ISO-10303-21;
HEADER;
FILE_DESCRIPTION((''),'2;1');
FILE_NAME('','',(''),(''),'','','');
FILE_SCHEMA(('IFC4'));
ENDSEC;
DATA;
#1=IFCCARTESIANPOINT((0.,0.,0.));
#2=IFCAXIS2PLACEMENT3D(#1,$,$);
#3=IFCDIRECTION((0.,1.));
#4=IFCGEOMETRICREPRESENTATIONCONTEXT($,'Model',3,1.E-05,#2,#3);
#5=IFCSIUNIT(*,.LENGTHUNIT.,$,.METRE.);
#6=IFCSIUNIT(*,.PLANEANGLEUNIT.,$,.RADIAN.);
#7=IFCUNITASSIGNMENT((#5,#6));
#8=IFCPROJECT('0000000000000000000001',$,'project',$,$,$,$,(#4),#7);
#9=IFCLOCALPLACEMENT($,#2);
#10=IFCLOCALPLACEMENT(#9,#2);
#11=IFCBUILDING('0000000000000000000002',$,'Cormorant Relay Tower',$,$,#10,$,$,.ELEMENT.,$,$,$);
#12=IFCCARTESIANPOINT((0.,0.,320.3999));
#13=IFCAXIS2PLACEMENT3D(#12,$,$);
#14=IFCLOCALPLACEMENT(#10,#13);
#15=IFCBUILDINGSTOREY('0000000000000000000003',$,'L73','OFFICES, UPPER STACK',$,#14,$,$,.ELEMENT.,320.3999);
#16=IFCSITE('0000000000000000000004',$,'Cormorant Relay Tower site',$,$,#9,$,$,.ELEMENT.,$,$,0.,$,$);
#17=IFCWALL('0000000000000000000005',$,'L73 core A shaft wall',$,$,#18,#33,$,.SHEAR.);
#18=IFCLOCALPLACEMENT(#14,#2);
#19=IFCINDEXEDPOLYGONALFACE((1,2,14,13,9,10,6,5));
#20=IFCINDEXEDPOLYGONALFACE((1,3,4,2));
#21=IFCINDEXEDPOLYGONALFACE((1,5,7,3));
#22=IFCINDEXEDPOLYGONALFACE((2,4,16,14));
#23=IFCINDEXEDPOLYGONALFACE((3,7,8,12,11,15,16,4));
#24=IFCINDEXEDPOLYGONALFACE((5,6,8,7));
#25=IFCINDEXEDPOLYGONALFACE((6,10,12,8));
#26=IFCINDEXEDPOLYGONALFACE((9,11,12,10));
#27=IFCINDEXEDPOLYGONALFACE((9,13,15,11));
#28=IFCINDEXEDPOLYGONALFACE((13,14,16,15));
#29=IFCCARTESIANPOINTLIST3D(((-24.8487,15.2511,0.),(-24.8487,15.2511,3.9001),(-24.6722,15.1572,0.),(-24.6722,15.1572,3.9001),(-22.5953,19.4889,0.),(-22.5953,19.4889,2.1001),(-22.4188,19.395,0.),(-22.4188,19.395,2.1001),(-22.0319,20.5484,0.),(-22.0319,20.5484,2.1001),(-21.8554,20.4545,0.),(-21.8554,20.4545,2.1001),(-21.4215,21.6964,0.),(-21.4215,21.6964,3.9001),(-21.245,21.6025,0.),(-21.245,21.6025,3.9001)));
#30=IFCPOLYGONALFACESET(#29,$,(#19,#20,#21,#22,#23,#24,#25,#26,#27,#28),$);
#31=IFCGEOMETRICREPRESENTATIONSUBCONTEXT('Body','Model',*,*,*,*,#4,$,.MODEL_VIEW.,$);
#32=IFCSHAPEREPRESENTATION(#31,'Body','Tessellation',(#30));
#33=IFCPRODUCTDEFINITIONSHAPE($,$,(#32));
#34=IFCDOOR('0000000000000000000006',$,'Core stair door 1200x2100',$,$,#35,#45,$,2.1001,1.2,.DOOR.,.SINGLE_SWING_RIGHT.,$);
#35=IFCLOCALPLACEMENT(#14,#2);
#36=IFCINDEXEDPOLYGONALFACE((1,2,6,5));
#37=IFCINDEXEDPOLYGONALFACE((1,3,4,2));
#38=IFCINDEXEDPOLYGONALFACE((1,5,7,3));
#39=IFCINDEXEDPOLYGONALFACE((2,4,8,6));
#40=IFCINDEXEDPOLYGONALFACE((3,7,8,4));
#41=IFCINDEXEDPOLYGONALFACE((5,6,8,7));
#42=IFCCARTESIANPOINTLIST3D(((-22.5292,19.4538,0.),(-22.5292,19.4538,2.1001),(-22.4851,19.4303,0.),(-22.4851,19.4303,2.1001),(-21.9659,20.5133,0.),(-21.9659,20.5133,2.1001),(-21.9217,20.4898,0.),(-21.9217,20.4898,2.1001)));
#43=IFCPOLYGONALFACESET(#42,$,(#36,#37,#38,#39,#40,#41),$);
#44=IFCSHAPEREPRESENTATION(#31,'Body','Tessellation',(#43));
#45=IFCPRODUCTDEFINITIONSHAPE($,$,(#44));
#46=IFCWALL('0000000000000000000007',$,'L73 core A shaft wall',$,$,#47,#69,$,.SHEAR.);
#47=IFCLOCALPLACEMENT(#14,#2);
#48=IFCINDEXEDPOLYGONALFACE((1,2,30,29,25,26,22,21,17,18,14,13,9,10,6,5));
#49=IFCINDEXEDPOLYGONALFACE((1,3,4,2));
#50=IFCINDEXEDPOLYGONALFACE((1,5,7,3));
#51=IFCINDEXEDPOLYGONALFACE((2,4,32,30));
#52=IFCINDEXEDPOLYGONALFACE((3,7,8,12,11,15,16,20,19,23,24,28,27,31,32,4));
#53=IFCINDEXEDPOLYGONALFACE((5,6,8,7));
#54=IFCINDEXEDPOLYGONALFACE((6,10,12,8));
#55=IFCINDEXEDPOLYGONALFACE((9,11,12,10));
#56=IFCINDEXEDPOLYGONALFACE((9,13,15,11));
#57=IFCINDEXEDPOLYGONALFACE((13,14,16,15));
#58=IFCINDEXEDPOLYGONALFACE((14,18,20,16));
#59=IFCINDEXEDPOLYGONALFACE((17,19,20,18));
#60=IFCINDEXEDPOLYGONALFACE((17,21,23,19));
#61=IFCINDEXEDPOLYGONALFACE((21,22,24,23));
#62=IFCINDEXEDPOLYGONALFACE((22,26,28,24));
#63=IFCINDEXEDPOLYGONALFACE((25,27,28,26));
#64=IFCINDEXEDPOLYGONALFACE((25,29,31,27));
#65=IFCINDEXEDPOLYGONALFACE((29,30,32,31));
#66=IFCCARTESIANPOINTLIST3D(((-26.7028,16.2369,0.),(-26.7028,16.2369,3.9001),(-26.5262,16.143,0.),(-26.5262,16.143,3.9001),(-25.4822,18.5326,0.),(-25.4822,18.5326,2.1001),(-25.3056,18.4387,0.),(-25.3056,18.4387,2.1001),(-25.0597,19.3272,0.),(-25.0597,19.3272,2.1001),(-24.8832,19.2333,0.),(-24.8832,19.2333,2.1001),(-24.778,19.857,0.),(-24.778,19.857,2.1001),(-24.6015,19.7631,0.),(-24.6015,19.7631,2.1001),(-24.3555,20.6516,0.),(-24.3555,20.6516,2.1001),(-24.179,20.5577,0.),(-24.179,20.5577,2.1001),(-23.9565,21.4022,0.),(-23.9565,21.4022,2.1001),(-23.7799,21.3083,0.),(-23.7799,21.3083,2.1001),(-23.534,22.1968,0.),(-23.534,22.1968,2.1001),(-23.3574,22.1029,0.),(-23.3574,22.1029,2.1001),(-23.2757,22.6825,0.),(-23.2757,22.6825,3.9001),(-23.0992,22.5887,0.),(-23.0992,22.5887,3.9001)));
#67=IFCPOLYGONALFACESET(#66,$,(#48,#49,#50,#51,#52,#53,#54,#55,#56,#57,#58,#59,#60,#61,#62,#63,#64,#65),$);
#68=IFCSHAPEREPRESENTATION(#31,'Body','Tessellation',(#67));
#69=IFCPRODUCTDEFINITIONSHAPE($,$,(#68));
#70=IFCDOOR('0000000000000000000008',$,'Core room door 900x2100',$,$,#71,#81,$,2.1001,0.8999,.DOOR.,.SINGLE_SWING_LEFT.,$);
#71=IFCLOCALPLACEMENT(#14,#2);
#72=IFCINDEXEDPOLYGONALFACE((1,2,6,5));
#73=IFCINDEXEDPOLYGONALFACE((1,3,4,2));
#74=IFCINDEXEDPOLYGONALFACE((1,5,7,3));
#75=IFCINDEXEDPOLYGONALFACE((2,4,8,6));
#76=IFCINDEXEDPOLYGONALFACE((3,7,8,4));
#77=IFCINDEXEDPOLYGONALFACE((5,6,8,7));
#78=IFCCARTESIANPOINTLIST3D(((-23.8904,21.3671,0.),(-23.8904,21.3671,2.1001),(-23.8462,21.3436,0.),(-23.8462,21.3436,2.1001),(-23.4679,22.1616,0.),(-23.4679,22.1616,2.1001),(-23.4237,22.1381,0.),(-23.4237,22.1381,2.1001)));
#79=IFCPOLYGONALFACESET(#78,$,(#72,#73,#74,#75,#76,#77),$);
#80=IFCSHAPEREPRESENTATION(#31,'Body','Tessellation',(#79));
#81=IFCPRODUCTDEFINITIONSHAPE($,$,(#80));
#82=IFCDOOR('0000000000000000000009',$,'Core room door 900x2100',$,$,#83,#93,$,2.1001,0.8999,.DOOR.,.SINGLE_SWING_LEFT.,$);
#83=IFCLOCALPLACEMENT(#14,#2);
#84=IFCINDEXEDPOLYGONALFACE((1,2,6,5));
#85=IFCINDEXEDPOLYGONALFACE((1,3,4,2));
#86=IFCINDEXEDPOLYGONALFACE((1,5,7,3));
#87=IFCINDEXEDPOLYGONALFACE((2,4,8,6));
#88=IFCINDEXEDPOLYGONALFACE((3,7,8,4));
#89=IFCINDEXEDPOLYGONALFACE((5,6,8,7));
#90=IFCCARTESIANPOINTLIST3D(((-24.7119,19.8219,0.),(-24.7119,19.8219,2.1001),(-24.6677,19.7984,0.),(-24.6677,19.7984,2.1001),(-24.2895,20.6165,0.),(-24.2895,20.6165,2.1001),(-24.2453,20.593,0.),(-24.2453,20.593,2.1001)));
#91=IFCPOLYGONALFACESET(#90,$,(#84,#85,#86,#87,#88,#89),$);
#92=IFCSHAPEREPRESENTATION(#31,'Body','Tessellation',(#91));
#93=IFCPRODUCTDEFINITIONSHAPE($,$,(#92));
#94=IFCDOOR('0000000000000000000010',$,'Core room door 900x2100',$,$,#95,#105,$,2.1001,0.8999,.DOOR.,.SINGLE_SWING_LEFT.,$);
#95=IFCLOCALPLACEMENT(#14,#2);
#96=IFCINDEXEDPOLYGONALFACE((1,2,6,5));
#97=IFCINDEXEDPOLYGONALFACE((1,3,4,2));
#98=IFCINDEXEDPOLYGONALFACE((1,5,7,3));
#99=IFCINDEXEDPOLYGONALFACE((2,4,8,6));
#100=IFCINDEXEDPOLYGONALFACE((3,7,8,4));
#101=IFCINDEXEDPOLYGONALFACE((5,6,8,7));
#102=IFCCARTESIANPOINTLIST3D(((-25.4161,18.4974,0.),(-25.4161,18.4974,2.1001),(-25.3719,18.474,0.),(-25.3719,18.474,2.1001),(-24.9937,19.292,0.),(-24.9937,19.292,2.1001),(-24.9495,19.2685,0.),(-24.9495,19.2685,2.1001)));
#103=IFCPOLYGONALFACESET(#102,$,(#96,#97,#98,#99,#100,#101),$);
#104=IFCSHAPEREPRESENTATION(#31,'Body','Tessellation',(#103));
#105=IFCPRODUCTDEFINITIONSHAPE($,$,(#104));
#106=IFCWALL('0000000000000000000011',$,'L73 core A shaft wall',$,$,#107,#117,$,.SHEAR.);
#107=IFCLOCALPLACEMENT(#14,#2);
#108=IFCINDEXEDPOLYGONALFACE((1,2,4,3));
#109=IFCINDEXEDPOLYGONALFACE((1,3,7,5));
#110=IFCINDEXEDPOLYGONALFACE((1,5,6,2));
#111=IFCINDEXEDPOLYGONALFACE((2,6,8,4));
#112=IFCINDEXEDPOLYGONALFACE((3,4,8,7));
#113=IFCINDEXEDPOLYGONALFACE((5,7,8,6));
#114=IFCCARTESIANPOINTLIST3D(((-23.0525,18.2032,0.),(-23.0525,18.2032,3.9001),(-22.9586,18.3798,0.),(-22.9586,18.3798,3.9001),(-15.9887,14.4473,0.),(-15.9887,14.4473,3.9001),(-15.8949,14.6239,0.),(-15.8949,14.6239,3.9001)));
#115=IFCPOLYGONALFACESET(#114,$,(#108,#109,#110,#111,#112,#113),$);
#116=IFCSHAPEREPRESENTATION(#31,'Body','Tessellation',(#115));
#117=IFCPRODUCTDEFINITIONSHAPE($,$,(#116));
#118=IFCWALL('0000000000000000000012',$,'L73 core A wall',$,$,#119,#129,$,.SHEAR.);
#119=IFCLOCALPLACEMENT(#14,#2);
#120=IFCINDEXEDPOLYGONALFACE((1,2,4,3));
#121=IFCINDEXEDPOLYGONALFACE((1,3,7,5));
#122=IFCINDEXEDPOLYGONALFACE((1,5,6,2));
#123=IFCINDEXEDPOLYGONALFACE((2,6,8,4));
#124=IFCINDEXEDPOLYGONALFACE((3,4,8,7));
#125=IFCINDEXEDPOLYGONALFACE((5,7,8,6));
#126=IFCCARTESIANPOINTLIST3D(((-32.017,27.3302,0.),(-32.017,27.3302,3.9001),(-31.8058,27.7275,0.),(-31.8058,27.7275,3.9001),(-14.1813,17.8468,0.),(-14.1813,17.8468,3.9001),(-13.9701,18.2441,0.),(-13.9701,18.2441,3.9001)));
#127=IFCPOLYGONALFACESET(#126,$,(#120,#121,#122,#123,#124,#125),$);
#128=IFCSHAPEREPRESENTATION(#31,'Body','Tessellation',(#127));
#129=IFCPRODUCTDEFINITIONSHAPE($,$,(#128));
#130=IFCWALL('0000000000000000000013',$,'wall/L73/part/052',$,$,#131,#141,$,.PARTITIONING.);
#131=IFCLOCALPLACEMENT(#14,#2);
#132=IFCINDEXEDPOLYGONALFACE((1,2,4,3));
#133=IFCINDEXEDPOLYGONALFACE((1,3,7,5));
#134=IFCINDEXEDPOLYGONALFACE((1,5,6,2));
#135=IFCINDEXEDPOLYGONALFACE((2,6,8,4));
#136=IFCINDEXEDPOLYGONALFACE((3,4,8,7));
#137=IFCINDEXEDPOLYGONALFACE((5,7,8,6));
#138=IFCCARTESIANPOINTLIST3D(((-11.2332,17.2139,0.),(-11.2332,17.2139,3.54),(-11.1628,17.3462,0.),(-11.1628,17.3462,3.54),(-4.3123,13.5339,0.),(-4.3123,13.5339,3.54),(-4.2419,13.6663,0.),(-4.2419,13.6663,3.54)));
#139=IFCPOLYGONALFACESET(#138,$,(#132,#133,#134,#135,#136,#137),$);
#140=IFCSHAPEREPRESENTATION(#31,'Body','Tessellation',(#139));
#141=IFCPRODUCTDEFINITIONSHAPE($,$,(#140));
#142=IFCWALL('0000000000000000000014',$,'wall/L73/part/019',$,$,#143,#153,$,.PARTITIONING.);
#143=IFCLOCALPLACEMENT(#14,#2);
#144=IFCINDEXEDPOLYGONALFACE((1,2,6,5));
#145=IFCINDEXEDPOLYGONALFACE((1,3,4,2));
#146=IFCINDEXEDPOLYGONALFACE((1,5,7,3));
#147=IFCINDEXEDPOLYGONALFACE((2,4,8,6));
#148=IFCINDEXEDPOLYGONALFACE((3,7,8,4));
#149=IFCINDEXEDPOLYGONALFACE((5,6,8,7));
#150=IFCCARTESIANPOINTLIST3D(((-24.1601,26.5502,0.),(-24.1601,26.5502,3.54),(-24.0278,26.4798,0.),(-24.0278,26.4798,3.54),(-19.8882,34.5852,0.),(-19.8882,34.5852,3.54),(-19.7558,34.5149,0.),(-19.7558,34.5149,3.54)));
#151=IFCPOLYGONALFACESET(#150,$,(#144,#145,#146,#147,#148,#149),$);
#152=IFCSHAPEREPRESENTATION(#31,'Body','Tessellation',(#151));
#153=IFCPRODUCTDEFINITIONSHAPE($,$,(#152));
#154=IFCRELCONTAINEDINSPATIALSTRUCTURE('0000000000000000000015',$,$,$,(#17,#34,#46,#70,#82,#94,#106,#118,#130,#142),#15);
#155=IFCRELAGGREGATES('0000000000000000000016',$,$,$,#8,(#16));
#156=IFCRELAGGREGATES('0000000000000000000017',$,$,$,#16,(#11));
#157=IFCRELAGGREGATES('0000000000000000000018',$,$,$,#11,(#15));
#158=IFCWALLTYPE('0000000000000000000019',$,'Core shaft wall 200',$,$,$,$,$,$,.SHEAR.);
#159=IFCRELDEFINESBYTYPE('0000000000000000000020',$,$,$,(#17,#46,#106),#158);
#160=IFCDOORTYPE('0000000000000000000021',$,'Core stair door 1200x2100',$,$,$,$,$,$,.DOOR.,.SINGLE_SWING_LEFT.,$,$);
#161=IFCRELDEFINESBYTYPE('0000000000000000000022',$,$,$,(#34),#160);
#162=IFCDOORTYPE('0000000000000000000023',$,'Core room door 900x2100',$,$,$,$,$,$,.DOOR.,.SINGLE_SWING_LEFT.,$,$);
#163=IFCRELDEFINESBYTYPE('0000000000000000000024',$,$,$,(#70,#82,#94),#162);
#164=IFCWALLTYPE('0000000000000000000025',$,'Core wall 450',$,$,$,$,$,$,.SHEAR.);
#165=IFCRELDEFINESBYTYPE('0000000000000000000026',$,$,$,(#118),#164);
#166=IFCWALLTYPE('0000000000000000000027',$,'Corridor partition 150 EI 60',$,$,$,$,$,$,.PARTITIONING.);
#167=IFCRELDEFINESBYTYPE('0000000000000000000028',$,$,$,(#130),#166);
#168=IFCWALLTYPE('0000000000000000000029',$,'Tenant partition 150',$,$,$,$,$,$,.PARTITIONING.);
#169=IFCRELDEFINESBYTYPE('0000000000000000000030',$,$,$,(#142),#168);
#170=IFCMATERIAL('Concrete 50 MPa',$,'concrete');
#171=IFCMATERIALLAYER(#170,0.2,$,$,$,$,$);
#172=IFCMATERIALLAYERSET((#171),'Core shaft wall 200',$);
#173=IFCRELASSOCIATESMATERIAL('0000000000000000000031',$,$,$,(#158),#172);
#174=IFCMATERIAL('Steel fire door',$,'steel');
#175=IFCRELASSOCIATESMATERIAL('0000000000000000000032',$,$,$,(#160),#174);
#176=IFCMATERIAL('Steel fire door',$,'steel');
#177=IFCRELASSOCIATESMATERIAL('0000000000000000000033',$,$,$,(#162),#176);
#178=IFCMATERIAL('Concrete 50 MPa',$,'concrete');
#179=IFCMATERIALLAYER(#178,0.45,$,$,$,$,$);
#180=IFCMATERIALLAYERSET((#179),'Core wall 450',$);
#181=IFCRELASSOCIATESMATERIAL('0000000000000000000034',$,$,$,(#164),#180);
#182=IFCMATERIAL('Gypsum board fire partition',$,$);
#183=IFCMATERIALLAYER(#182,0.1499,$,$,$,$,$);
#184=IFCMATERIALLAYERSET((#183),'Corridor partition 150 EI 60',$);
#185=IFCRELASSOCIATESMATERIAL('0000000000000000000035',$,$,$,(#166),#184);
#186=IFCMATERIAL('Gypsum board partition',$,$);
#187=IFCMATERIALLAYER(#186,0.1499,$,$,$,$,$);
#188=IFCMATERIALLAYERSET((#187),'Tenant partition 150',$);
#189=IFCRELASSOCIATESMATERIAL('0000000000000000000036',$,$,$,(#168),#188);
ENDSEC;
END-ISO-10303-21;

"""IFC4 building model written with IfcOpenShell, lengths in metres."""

from ifc_helpers import new_model, si_unit, direction, frame, frame_2d, origin, place, context, subcontext, project, spatial, rectangle, extrude, material, layer, layer_set, type_object, element, fill, save


model = new_model("IFC4")

# Units and contexts
model_context = context("Model", 3, precision=1e-05, world=origin(), true_north=direction((0.0, 1.0)))
body_context = subcontext(model_context, "Body", "Model", "MODEL_VIEW")
ifc_project = project(units=[si_unit("LENGTHUNIT", "METRE"), si_unit("PLANEANGLEUNIT", "RADIAN")], contexts=[model_context])

# Site, building, storey
site_placement = place(None, origin())
site = spatial("IfcSite", under=ifc_project, at=site_placement, Name="Cormorant Relay Tower site", CompositionType="ELEMENT", RefElevation=0.0)
building_placement = place(site_placement, origin())
building = spatial("IfcBuilding", under=site, at=building_placement, Name="Cormorant Relay Tower", CompositionType="ELEMENT")
storey_placement = place(building_placement, frame((0.0, 0.0, 320.3999)))
storey = spatial("IfcBuildingStorey", under=building, at=storey_placement, Name="L73", Description="OFFICES, UPPER STACK", CompositionType="ELEMENT", Elevation=320.3999)

# Shared definitions
ifc_material_1 = material(Name="Concrete 50 MPa", Category="concrete")
ifc_layer_1 = layer(ifc_material_1, 0.2)
ifc_layer_set_1 = layer_set([ifc_layer_1], Name="Core shaft wall 200")
wall_type_1 = type_object("IfcWallType", Name="Core shaft wall 200", PredefinedType="SHEAR", material=ifc_layer_set_1)

# Wall, opening, door
wall_1_placement = place(storey_placement, frame((-21.3333, 21.6494, 0.0), z_axis=(0.0, 0.0, 1.0), x_axis=(-0.469494, -0.882936, 0.0)))
wall_1 = element("IfcWall", 1, at=wall_1_placement, inside=storey, type_object=wall_type_1, Name="L73 core A shaft wall", PredefinedType="SHEAR", context=body_context, shape_type="SweptSolid", body=[
    extrude(rectangle(XDim=7.2998, YDim=0.2, at=frame_2d((3.6499, 0.0))), origin(), (0.0, 0.0, 1.0), 3.9001),
])
opening_1_placement = place(wall_1_placement, frame((1.3, 0.0, 0.0)))
opening_1 = element("IfcOpeningElement", 2, at=opening_1_placement, cuts=wall_1, PredefinedType="OPENING", context=body_context, shape_type="SweptSolid", body=[
    extrude(rectangle(XDim=1.2, YDim=2.1001, at=frame_2d((0.6001, 1.05))), frame((0.0, 0.1099, 0.0), z_axis=(0.0, -1.0, 0.0), x_axis=(1.0, 0.0, 0.0)), (0.0, 0.0, 1.0), 0.22),
])
ifc_material_2 = material(Name="Steel fire door", Category="steel")
door_type_1 = type_object("IfcDoorType", Name="Core stair door 1200x2100", OperationType="SINGLE_SWING_LEFT", PredefinedType="DOOR", material=ifc_material_2)
door_1_placement = place(opening_1_placement, origin())
door_1 = element("IfcDoor", 3, at=door_1_placement, inside=storey, type_object=door_type_1, Name="Core stair door 1200x2100", OperationType="SINGLE_SWING_RIGHT", OverallHeight=2.1001, OverallWidth=1.2, PredefinedType="DOOR", context=body_context, shape_type="SweptSolid", body=[
    extrude(rectangle(XDim=1.2, YDim=2.1001, at=frame_2d((0.6001, 1.05))), frame((0.0, 0.0249, 0.0), z_axis=(0.0, -1.0, 0.0), x_axis=(1.0, 0.0, 0.0)), (0.0, 0.0, 1.0), 0.05),
])
fill(opening_1, door_1)

# Wall, openings, doors
wall_2_placement = place(storey_placement, frame((-23.1875, 22.6355, 0.0), z_axis=(0.0, 0.0, 1.0), x_axis=(-0.469454, -0.882957, 0.0)))
wall_2 = element("IfcWall", 4, at=wall_2_placement, inside=storey, type_object=wall_type_1, Name="L73 core A shaft wall", PredefinedType="SHEAR", context=body_context, shape_type="SweptSolid", body=[
    extrude(rectangle(XDim=7.3, YDim=0.2, at=frame_2d((3.6499, 0.0))), origin(), (0.0, 0.0, 1.0), 3.9001),
])
opening_2_placement = place(wall_2_placement, frame((0.55, 0.0, 0.0)))
opening_2 = element("IfcOpeningElement", 5, at=opening_2_placement, cuts=wall_2, PredefinedType="OPENING", context=body_context, shape_type="SweptSolid", body=[
    extrude(rectangle(XDim=0.8999, YDim=2.1001, at=frame_2d((0.45, 1.05))), frame((0.0, 0.1099, 0.0), z_axis=(0.0, -1.0, 0.0), x_axis=(1.0, 0.0, 0.0)), (0.0, 0.0, 1.0), 0.22),
])
opening_3_placement = place(wall_2_placement, frame((2.3, 0.0, 0.0)))
opening_3 = element("IfcOpeningElement", 6, at=opening_3_placement, cuts=wall_2, PredefinedType="OPENING", context=body_context, shape_type="SweptSolid", body=[
    extrude(rectangle(XDim=0.8999, YDim=2.1001, at=frame_2d((0.45, 1.05))), frame((0.0, 0.1099, 0.0), z_axis=(0.0, -1.0, 0.0), x_axis=(1.0, 0.0, 0.0)), (0.0, 0.0, 1.0), 0.22),
])
opening_4_placement = place(wall_2_placement, frame((3.8, 0.0, 0.0)))
opening_4 = element("IfcOpeningElement", 7, at=opening_4_placement, cuts=wall_2, PredefinedType="OPENING", context=body_context, shape_type="SweptSolid", body=[
    extrude(rectangle(XDim=0.8999, YDim=2.1001, at=frame_2d((0.45, 1.05))), frame((0.0, 0.1099, 0.0), z_axis=(0.0, -1.0, 0.0), x_axis=(1.0, 0.0, 0.0)), (0.0, 0.0, 1.0), 0.22),
])
ifc_material_3 = material(Name="Steel fire door", Category="steel")
door_type_2 = type_object("IfcDoorType", Name="Core room door 900x2100", OperationType="SINGLE_SWING_LEFT", PredefinedType="DOOR", material=ifc_material_3)
door_2_placement = place(opening_2_placement, origin())
door_2 = element("IfcDoor", 8, at=door_2_placement, inside=storey, type_object=door_type_2, Name="Core room door 900x2100", OperationType="SINGLE_SWING_LEFT", OverallHeight=2.1001, OverallWidth=0.8999, PredefinedType="DOOR", context=body_context, shape_type="SweptSolid", body=[
    extrude(rectangle(XDim=0.8999, YDim=2.1001, at=frame_2d((0.45, 1.05))), frame((0.0, 0.0249, 0.0), z_axis=(0.0, -1.0, 0.0), x_axis=(1.0, 0.0, 0.0)), (0.0, 0.0, 1.0), 0.05),
])
fill(opening_2, door_2)
door_3_placement = place(opening_3_placement, origin())
door_3 = element("IfcDoor", 9, at=door_3_placement, inside=storey, type_object=door_type_2, Name="Core room door 900x2100", OperationType="SINGLE_SWING_LEFT", OverallHeight=2.1001, OverallWidth=0.8999, PredefinedType="DOOR", context=body_context, shape_type="SweptSolid", body=[
    extrude(rectangle(XDim=0.8999, YDim=2.1001, at=frame_2d((0.45, 1.05))), frame((0.0, 0.0249, 0.0), z_axis=(0.0, -1.0, 0.0), x_axis=(1.0, 0.0, 0.0)), (0.0, 0.0, 1.0), 0.05),
])
fill(opening_3, door_3)
door_4_placement = place(opening_4_placement, origin())
door_4 = element("IfcDoor", 10, at=door_4_placement, inside=storey, type_object=door_type_2, Name="Core room door 900x2100", OperationType="SINGLE_SWING_LEFT", OverallHeight=2.1001, OverallWidth=0.8999, PredefinedType="DOOR", context=body_context, shape_type="SweptSolid", body=[
    extrude(rectangle(XDim=0.8999, YDim=2.1001, at=frame_2d((0.45, 1.05))), frame((0.0, 0.0249, 0.0), z_axis=(0.0, -1.0, 0.0), x_axis=(1.0, 0.0, 0.0)), (0.0, 0.0, 1.0), 0.05),
])
fill(opening_4, door_4)

# Wall
wall_3_placement = place(storey_placement, frame((-15.9419, 14.5356, 0.0), z_axis=(0.0, 0.0, 1.0), x_axis=(-0.882947, 0.469473, 0.0)))
element("IfcWall", 11, at=wall_3_placement, inside=storey, type_object=wall_type_1, Name="L73 core A shaft wall", PredefinedType="SHEAR", context=body_context, shape_type="SweptSolid", body=[
    extrude(rectangle(XDim=8.0002, YDim=0.2, at=frame_2d((4.0, 0.0))), origin(), (0.0, 0.0, 1.0), 3.9001),
])

# Shared definitions
ifc_material_4 = material(Name="Concrete 50 MPa", Category="concrete")
ifc_layer_2 = layer(ifc_material_4, 0.45)
ifc_layer_set_2 = layer_set([ifc_layer_2], Name="Core wall 450")
wall_type_2 = type_object("IfcWallType", Name="Core wall 450", PredefinedType="SHEAR", material=ifc_layer_set_2)

# Walls
wall_4_placement = place(storey_placement, frame((-14.0757, 18.0454, 0.0), z_axis=(0.0, 0.0, 1.0), x_axis=(-0.882948, 0.469471, 0.0)))
element("IfcWall", 12, at=wall_4_placement, inside=storey, type_object=wall_type_2, Name="L73 core A wall", PredefinedType="SHEAR", context=body_context, shape_type="SweptSolid", body=[
    extrude(rectangle(XDim=20.2002, YDim=0.45, at=frame_2d((10.1001, 0.0))), origin(), (0.0, 0.0, 1.0), 3.9001),
])
ifc_material_5 = material(Name="Gypsum board fire partition")
ifc_layer_3 = layer(ifc_material_5, 0.1499)
ifc_layer_set_3 = layer_set([ifc_layer_3], Name="Corridor partition 150 EI 60")
wall_type_3 = type_object("IfcWallType", Name="Corridor partition 150 EI 60", PredefinedType="PARTITIONING", material=ifc_layer_set_3)
wall_5_placement = place(storey_placement, frame((-11.198, 17.28, 0.0), z_axis=(0.0, 0.0, 1.0), x_axis=(0.882946, -0.469474, 0.0)))
element("IfcWall", 13, at=wall_5_placement, inside=storey, type_object=wall_type_3, Name="wall/L73/part/052", PredefinedType="PARTITIONING", context=body_context, shape_type="SweptSolid", body=[
    extrude(rectangle(XDim=7.8384, YDim=0.1499, at=frame_2d((3.9192, 0.0))), origin(), (0.0, 0.0, 1.0), 3.54),
])
ifc_material_6 = material(Name="Gypsum board partition")
ifc_layer_4 = layer(ifc_material_6, 0.1499)
ifc_layer_set_4 = layer_set([ifc_layer_4], Name="Tenant partition 150")
wall_type_4 = type_object("IfcWallType", Name="Tenant partition 150", PredefinedType="PARTITIONING", material=ifc_layer_set_4)
wall_6_placement = place(storey_placement, frame((-19.822, 34.55, 0.0), z_axis=(0.0, 0.0, 1.0), x_axis=(-0.469438, -0.882966, 0.0)))
element("IfcWall", 14, at=wall_6_placement, inside=storey, type_object=wall_type_4, Name="wall/L73/part/019", PredefinedType="PARTITIONING", context=body_context, shape_type="SweptSolid", body=[
    extrude(rectangle(XDim=9.1001, YDim=0.1499, at=frame_2d((4.55, 0.0))), origin(), (0.0, 0.0, 1.0), 3.54),
])

save(model, "model.ifc")
